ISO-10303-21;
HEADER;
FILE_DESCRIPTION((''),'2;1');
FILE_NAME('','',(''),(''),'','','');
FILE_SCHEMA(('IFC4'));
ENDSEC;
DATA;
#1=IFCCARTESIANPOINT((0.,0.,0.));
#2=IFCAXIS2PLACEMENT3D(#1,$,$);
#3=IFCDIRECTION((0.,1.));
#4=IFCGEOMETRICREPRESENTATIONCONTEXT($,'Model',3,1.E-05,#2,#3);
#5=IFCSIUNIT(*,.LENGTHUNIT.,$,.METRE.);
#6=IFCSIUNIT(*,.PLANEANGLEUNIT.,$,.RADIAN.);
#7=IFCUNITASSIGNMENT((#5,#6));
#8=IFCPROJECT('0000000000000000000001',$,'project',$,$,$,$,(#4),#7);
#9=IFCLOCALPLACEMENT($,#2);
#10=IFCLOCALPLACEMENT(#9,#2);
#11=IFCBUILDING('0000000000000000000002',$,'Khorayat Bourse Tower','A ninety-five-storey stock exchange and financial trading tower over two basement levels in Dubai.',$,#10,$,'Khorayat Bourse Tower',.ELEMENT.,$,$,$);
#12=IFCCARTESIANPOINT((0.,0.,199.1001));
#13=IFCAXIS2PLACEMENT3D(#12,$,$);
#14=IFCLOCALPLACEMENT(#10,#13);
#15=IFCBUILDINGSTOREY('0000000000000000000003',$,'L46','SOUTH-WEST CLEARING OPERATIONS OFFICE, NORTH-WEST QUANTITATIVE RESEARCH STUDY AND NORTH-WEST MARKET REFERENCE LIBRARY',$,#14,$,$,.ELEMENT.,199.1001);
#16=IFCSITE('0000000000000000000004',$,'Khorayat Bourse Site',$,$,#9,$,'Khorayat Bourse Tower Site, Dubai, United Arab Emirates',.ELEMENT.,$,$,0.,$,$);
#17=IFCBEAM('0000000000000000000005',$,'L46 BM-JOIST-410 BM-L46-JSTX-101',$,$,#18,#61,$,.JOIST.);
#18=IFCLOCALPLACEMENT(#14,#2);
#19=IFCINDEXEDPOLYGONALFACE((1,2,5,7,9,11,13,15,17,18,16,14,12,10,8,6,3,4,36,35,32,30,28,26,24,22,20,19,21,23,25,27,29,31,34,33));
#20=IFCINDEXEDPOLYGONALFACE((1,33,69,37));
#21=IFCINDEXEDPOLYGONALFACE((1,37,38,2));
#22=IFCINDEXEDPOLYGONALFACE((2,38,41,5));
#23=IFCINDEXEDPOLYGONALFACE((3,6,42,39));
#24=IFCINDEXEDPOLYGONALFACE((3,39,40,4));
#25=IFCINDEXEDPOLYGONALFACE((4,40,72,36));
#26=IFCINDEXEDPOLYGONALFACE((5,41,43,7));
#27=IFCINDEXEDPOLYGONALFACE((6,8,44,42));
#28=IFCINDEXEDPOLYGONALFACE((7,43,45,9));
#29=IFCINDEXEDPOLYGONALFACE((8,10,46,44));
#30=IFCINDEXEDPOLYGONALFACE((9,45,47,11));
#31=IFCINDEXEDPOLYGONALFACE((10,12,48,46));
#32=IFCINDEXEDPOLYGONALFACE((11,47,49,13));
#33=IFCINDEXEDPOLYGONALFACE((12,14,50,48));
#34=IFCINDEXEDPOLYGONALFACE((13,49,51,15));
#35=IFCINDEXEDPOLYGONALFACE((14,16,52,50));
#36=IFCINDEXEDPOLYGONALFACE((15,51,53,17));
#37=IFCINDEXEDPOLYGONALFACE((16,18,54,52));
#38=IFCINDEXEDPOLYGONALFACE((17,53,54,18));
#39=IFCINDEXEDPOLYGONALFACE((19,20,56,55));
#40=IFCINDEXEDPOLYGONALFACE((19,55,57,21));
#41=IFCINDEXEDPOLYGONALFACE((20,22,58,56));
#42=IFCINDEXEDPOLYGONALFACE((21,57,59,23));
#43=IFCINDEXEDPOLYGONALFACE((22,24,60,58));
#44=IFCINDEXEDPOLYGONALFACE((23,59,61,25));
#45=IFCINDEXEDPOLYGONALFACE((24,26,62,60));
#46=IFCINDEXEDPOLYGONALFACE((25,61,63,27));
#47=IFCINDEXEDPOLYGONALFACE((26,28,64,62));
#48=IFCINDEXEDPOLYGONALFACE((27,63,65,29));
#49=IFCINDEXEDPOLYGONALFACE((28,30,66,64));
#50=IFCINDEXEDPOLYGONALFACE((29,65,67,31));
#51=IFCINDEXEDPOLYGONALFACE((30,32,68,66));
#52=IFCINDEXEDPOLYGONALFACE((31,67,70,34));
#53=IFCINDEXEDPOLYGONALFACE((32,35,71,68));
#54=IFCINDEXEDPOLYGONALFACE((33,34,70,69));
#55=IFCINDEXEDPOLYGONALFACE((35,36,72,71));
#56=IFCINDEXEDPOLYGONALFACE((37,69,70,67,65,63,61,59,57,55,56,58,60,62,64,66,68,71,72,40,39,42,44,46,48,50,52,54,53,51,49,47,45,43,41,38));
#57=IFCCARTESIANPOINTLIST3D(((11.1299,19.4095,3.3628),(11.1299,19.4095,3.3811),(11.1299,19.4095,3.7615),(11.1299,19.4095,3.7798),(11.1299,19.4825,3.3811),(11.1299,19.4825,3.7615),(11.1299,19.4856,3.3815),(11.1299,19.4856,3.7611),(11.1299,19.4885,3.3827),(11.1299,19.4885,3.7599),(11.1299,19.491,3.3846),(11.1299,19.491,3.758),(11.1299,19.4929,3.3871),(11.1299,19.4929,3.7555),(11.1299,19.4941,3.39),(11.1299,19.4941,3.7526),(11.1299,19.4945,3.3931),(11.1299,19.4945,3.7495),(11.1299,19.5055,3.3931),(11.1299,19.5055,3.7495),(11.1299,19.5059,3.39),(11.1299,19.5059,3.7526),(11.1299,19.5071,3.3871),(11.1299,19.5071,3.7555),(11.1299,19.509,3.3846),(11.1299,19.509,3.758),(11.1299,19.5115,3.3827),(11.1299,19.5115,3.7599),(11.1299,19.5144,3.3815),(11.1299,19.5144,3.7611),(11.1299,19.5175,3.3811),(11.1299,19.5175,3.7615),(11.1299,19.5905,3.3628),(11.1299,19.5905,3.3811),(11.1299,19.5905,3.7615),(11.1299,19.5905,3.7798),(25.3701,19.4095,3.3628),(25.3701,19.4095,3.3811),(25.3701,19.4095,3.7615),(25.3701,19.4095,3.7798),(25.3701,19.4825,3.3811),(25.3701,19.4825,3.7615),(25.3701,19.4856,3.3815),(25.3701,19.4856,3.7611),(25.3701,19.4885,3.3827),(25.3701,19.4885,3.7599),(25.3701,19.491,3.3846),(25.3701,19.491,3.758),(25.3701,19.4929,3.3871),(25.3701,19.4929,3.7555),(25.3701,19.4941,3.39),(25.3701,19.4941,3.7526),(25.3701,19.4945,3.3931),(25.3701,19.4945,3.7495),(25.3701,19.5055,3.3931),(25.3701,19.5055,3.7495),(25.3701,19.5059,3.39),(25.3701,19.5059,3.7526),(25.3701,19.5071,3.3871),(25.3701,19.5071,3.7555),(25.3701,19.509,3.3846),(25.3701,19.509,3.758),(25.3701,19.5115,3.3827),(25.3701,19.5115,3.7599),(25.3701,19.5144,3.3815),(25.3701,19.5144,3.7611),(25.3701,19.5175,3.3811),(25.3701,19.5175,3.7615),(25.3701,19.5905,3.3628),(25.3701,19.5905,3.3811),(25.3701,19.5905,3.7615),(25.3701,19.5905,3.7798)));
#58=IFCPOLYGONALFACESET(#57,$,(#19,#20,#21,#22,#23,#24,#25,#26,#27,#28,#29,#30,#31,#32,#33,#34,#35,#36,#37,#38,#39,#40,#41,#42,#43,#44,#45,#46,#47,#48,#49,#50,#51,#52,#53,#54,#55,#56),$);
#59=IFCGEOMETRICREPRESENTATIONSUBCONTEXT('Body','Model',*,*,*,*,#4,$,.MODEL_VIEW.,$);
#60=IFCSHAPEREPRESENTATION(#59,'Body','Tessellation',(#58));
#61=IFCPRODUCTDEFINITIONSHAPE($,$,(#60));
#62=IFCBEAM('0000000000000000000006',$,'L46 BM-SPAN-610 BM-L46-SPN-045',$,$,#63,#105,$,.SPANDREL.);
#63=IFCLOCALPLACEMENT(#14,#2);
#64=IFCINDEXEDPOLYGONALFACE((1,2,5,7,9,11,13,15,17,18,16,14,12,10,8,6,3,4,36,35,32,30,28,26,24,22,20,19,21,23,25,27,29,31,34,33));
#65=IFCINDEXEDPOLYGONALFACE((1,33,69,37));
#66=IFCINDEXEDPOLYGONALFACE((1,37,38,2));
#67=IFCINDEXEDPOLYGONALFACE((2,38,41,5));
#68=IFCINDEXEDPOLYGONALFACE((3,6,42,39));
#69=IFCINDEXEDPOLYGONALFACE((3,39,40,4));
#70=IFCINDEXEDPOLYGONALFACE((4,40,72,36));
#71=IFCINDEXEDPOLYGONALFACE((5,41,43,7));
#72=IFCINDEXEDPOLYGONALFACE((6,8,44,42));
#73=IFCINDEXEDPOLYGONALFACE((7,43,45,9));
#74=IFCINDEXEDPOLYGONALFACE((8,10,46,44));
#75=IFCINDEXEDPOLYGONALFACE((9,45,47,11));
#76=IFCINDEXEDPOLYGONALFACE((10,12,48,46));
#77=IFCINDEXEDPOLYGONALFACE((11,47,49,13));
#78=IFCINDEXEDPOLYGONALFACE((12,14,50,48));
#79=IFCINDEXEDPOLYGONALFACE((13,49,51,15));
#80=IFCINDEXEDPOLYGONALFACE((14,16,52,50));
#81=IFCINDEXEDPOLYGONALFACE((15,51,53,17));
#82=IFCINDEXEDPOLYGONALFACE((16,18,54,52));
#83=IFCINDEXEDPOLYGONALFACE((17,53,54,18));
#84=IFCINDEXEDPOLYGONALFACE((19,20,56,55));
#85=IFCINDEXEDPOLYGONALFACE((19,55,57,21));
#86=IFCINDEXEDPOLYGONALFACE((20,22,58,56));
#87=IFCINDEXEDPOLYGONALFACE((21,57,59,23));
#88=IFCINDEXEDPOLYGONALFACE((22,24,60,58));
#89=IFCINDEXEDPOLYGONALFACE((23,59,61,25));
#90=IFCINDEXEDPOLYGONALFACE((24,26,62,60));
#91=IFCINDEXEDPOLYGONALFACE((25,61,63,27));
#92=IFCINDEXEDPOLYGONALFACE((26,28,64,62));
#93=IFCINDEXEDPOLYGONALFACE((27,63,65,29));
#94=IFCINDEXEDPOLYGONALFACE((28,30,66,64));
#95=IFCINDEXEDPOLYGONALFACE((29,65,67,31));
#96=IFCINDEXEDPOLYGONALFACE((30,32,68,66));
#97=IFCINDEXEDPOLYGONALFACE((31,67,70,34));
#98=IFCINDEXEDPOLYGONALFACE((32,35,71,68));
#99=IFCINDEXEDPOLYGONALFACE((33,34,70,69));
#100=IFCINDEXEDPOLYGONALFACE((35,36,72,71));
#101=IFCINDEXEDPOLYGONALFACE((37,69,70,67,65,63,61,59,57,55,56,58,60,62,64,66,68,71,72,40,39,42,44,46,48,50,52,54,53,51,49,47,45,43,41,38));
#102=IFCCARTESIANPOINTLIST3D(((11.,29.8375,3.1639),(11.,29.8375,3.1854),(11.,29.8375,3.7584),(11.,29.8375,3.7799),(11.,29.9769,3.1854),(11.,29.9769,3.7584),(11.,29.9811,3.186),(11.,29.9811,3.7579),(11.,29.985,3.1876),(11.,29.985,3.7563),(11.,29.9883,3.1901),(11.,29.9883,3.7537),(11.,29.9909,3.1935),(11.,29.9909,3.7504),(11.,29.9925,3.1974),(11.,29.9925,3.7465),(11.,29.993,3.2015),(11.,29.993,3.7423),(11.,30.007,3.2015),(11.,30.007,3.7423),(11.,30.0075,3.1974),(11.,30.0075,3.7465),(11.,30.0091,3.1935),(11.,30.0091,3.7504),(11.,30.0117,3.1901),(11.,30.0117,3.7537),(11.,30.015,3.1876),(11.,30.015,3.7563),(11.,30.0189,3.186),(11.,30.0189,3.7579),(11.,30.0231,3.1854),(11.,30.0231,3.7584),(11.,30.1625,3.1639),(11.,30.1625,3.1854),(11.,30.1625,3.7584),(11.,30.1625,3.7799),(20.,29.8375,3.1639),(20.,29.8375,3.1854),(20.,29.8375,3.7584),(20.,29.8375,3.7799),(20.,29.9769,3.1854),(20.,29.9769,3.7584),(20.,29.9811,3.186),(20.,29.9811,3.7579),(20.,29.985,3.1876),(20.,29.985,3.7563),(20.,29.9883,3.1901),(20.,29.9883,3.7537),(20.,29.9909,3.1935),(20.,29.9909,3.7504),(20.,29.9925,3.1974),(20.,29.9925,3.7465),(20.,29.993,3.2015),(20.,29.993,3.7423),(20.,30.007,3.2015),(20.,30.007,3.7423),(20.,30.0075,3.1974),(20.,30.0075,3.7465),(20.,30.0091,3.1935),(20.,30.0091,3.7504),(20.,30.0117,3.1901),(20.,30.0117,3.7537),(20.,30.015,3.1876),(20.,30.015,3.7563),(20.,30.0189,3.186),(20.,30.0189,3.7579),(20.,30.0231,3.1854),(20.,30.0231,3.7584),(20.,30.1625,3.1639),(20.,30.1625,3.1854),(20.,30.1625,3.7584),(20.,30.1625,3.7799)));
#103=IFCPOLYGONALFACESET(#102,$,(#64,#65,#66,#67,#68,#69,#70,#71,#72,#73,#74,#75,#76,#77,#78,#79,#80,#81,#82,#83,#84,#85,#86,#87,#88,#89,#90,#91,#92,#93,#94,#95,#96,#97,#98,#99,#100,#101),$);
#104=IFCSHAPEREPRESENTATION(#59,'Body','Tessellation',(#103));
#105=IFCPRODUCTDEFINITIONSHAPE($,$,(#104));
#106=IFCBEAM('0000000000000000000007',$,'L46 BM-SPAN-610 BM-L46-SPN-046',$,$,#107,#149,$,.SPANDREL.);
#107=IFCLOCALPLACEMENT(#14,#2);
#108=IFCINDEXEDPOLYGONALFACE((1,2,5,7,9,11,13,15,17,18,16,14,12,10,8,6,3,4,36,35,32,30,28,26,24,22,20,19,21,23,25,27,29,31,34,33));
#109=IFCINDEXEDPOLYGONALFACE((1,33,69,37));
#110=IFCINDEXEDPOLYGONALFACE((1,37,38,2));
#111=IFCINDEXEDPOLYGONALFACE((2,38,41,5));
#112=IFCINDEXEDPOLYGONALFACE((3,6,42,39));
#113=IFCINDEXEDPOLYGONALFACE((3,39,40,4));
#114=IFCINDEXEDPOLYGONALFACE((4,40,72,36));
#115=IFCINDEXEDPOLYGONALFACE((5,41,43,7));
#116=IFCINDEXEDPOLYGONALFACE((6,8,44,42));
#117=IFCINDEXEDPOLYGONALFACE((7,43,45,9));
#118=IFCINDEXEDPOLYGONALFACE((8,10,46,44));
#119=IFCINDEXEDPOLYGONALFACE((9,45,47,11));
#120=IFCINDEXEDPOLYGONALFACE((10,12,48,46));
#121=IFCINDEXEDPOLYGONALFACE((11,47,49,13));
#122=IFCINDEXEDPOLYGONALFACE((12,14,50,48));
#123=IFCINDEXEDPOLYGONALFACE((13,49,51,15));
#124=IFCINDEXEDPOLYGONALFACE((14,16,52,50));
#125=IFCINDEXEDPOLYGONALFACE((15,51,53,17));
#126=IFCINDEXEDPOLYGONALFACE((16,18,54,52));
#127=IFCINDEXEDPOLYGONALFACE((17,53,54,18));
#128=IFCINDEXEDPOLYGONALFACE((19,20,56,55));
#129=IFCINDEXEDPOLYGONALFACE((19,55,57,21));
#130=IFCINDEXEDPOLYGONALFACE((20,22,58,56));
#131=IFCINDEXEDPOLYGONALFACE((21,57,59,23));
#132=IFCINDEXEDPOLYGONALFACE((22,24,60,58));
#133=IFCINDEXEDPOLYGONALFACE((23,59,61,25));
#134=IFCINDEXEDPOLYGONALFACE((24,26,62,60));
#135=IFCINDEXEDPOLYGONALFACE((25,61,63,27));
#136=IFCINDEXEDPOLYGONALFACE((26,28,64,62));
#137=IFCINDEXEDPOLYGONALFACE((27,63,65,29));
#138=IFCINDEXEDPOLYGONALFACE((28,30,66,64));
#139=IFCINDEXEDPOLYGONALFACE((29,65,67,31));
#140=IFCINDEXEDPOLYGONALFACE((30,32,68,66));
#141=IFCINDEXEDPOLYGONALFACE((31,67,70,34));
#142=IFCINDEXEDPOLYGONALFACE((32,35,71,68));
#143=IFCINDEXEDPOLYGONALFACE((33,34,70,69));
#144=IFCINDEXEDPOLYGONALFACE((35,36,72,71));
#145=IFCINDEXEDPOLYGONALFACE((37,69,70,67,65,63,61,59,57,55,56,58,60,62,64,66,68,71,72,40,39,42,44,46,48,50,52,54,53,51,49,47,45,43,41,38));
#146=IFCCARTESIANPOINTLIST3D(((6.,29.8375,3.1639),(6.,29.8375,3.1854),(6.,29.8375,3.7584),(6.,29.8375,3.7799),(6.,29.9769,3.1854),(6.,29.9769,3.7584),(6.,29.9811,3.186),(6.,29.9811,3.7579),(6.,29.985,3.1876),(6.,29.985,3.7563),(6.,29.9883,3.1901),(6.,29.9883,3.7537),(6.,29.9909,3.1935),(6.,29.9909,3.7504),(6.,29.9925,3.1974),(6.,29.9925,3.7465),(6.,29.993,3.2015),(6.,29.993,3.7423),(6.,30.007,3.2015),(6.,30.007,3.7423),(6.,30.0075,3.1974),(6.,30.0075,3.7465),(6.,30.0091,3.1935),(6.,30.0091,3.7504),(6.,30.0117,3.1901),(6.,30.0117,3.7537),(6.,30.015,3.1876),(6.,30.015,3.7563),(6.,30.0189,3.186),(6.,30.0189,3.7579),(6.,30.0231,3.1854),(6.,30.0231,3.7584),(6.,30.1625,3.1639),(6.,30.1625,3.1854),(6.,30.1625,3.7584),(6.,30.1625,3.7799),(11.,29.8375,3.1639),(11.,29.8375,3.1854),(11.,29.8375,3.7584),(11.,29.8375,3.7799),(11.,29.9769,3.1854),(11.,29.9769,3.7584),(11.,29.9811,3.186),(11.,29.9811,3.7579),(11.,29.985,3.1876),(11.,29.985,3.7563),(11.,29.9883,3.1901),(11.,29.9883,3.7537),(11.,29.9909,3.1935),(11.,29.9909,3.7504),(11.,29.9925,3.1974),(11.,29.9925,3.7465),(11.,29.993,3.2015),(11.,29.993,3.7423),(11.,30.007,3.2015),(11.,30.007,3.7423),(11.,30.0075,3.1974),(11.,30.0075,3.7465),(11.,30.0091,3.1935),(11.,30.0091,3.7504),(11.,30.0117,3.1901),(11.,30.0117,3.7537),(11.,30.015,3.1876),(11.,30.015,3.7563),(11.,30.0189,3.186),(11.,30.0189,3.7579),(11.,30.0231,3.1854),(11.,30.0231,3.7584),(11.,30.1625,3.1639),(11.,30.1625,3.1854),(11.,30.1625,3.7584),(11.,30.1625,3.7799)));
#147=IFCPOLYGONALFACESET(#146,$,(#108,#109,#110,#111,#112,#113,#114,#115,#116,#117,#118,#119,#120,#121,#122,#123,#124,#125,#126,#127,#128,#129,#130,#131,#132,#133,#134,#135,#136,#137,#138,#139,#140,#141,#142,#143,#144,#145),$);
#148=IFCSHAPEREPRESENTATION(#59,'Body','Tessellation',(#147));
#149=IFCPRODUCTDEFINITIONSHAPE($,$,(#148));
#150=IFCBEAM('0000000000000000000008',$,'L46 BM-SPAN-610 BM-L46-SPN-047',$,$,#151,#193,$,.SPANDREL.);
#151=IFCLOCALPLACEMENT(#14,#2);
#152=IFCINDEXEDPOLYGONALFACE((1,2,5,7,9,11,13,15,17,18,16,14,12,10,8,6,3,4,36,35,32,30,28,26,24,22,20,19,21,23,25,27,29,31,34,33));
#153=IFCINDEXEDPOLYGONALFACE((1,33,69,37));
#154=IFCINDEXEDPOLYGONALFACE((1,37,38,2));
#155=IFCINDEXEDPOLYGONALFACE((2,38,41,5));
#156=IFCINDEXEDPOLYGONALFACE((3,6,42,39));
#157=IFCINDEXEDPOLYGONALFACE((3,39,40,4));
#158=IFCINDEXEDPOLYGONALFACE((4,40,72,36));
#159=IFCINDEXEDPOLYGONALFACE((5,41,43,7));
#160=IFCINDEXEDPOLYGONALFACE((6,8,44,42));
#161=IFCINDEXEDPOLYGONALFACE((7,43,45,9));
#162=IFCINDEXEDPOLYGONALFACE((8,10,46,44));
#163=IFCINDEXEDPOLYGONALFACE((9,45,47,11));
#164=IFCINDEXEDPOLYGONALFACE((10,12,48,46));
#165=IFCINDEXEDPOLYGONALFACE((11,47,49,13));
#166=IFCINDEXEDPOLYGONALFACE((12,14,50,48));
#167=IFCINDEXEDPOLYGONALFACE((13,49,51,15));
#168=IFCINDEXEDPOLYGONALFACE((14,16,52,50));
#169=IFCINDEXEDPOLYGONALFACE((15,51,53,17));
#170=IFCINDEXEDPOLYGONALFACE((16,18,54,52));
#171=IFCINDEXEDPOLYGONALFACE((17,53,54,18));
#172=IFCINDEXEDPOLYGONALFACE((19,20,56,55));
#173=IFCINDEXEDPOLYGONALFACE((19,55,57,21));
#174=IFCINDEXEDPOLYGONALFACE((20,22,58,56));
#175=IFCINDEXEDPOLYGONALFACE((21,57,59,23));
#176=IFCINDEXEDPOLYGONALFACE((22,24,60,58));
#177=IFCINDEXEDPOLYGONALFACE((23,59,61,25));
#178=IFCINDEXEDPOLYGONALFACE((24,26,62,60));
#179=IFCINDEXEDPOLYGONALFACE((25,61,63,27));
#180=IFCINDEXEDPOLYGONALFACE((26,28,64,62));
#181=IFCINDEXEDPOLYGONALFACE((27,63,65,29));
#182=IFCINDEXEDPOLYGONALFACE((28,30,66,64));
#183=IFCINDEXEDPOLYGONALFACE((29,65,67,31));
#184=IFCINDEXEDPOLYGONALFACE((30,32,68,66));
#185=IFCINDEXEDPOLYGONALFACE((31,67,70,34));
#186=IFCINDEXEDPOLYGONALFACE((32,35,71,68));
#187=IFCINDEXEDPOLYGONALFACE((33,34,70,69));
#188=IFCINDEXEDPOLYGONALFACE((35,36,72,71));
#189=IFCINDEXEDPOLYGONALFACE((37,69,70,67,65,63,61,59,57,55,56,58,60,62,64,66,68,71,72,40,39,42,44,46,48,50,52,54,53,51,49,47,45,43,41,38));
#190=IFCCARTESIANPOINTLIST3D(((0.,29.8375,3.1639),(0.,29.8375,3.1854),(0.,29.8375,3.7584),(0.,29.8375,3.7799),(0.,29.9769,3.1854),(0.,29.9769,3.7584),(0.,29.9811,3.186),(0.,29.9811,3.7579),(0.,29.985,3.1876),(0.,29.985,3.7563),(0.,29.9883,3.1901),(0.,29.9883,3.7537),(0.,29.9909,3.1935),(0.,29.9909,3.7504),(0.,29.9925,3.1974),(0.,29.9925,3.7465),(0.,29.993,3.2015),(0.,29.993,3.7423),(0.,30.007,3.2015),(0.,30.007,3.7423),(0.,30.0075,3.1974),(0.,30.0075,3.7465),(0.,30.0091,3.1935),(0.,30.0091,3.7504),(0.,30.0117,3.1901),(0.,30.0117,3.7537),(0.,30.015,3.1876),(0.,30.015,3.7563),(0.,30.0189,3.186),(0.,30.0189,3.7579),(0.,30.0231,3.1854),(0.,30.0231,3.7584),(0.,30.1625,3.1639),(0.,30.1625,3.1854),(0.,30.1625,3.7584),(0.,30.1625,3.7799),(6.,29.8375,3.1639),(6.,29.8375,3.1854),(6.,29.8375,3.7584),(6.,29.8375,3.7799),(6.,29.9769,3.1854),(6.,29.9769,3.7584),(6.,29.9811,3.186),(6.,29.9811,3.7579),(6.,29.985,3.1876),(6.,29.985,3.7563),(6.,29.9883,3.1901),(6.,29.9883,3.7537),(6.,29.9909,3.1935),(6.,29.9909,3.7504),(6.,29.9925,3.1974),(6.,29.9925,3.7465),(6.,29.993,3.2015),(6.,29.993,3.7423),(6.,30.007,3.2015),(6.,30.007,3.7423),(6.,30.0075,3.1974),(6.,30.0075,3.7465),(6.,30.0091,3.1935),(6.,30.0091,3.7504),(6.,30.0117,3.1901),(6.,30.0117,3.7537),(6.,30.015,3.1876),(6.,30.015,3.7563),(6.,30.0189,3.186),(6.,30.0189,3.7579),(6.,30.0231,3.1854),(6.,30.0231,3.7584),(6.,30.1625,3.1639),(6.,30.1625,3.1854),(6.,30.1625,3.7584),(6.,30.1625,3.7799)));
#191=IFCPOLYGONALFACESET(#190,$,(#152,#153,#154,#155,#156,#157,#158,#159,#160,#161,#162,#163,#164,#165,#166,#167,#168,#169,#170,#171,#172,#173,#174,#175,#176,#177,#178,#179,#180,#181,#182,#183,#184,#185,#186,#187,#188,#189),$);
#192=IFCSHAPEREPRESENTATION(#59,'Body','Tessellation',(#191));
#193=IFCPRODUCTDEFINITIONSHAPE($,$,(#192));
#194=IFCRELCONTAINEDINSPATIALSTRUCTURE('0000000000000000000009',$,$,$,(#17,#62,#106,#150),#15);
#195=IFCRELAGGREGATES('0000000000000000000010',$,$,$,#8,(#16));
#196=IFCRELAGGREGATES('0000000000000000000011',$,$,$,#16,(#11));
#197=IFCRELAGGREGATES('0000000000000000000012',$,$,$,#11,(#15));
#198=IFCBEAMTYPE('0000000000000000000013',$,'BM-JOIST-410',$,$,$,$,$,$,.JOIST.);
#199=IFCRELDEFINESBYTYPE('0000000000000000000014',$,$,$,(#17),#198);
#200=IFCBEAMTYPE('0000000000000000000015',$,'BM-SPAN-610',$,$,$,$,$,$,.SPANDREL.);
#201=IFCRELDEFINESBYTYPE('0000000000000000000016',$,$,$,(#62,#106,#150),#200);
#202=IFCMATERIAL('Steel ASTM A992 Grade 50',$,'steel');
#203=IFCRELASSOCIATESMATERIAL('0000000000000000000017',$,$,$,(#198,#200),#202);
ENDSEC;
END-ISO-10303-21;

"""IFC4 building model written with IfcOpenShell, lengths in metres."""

from ifc_helpers import new_model, si_unit, direction, frame, origin, origin_2d, place, context, subcontext, project, spatial, i_section, extrude, source, transform, mapped, material, material_profile, profile_set, type_object, element, save


model = new_model("IFC4")

# Units and contexts
model_context = context("Model", 3, precision=1e-05, world=origin(), true_north=direction((0.0, 1.0)))
body_context = subcontext(model_context, "Body", "Model", "MODEL_VIEW")
ifc_project = project(units=[si_unit("LENGTHUNIT", "METRE"), si_unit("PLANEANGLEUNIT", "RADIAN")], contexts=[model_context])

# Site, building, storey
site_placement = place(None, origin())
site = spatial("IfcSite", under=ifc_project, at=site_placement, Name="Khorayat Bourse Site", LongName="Khorayat Bourse Tower Site, Dubai, United Arab Emirates", CompositionType="ELEMENT", RefElevation=0.0)
building_placement = place(site_placement, origin())
building = spatial("IfcBuilding", under=site, at=building_placement, Name="Khorayat Bourse Tower", Description="A ninety-five-storey stock exchange and financial trading tower over two basement levels in Dubai.", LongName="Khorayat Bourse Tower", CompositionType="ELEMENT")
storey_placement = place(building_placement, frame((0.0, 0.0, 199.1001)))
storey = spatial("IfcBuildingStorey", under=building, at=storey_placement, Name="L46", Description="SOUTH-WEST CLEARING OPERATIONS OFFICE, NORTH-WEST QUANTITATIVE RESEARCH STUDY AND NORTH-WEST MARKET REFERENCE LIBRARY", CompositionType="ELEMENT", Elevation=199.1001)

# Beams
ifc_material_1 = material(Name="Steel ASTM A992 Grade 50", Category="steel")
ifc_material_profile_1 = material_profile(ifc_material_1, i_section(OverallWidth=0.1809, OverallDepth=0.417, WebThickness=0.011, FlangeThickness=0.0183, FilletRadius=0.012, at=origin_2d()), Name="W410X85")
ifc_profile_set_1 = profile_set([ifc_material_profile_1], Name="Steel ASTM A992 Grade 50")
beam_type_1 = type_object("IfcBeamType", Name="BM-JOIST-410", PredefinedType="JOIST", material=ifc_profile_set_1)
shared_shape_1 = source(origin(), body_context, "Body", "SweptSolid", [
    extrude(i_section(OverallWidth=0.1809, OverallDepth=0.417, WebThickness=0.011, FlangeThickness=0.0183, FilletRadius=0.012, at=origin_2d()), origin(), (0.0, 0.0, 1.0), 14.2402),
])
beam_1_placement = place(storey_placement, frame((11.1299, 19.5, 3.5713), z_axis=(1.0, 0.0, 0.0), x_axis=(0.0, 1.0, 0.0)))
element("IfcBeam", 1, at=beam_1_placement, inside=storey, type_object=beam_type_1, Name="L46 BM-JOIST-410 BM-L46-JSTX-101", PredefinedType="JOIST", context=body_context, shape_type="MappedRepresentation", body=[
    mapped(shared_shape_1, transform((0.0, 0.0, 0.0), scale=1.0)),
])
ifc_material_profile_2 = material_profile(ifc_material_1, i_section(OverallWidth=0.325, OverallDepth=0.616, WebThickness=0.0139, FlangeThickness=0.0215, FilletRadius=0.0161, at=origin_2d()), Name="W610X174")
ifc_profile_set_2 = profile_set([ifc_material_profile_2], Name="Steel ASTM A992 Grade 50")
beam_type_2 = type_object("IfcBeamType", Name="BM-SPAN-610", PredefinedType="SPANDREL", material=ifc_profile_set_2)
shared_shape_2 = source(origin(), body_context, "Body", "SweptSolid", [
    extrude(i_section(OverallWidth=0.325, OverallDepth=0.616, WebThickness=0.0139, FlangeThickness=0.0215, FilletRadius=0.0161, at=origin_2d()), origin(), (0.0, 0.0, 1.0), 9.0),
])
beam_2_placement = place(storey_placement, frame((11.0, 30.0, 3.4719), z_axis=(1.0, 0.0, 0.0), x_axis=(0.0, 1.0, 0.0)))
element("IfcBeam", 2, at=beam_2_placement, inside=storey, type_object=beam_type_2, Name="L46 BM-SPAN-610 BM-L46-SPN-045", PredefinedType="SPANDREL", context=body_context, shape_type="MappedRepresentation", body=[
    mapped(shared_shape_2, transform((0.0, 0.0, 0.0), scale=1.0)),
])
shared_shape_3 = source(origin(), body_context, "Body", "SweptSolid", [
    extrude(i_section(OverallWidth=0.325, OverallDepth=0.616, WebThickness=0.0139, FlangeThickness=0.0215, FilletRadius=0.0161, at=origin_2d()), origin(), (0.0, 0.0, 1.0), 5.0),
])
beam_3_placement = place(storey_placement, frame((6.0, 30.0, 3.4719), z_axis=(1.0, 0.0, 0.0), x_axis=(0.0, 1.0, 0.0)))
element("IfcBeam", 3, at=beam_3_placement, inside=storey, type_object=beam_type_2, Name="L46 BM-SPAN-610 BM-L46-SPN-046", PredefinedType="SPANDREL", context=body_context, shape_type="MappedRepresentation", body=[
    mapped(shared_shape_3, transform((0.0, 0.0, 0.0), scale=1.0)),
])
shared_shape_4 = source(origin(), body_context, "Body", "SweptSolid", [
    extrude(i_section(OverallWidth=0.325, OverallDepth=0.616, WebThickness=0.0139, FlangeThickness=0.0215, FilletRadius=0.0161, at=origin_2d()), origin(), (0.0, 0.0, 1.0), 6.0),
])
beam_4_placement = place(storey_placement, frame((0.0, 30.0, 3.4719), z_axis=(1.0, 0.0, 0.0), x_axis=(0.0, 1.0, 0.0)))
element("IfcBeam", 4, at=beam_4_placement, inside=storey, type_object=beam_type_2, Name="L46 BM-SPAN-610 BM-L46-SPN-047", PredefinedType="SPANDREL", context=body_context, shape_type="MappedRepresentation", body=[
    mapped(shared_shape_4, transform((0.0, 0.0, 0.0), scale=1.0)),
])

save(model, "model.ifc")
